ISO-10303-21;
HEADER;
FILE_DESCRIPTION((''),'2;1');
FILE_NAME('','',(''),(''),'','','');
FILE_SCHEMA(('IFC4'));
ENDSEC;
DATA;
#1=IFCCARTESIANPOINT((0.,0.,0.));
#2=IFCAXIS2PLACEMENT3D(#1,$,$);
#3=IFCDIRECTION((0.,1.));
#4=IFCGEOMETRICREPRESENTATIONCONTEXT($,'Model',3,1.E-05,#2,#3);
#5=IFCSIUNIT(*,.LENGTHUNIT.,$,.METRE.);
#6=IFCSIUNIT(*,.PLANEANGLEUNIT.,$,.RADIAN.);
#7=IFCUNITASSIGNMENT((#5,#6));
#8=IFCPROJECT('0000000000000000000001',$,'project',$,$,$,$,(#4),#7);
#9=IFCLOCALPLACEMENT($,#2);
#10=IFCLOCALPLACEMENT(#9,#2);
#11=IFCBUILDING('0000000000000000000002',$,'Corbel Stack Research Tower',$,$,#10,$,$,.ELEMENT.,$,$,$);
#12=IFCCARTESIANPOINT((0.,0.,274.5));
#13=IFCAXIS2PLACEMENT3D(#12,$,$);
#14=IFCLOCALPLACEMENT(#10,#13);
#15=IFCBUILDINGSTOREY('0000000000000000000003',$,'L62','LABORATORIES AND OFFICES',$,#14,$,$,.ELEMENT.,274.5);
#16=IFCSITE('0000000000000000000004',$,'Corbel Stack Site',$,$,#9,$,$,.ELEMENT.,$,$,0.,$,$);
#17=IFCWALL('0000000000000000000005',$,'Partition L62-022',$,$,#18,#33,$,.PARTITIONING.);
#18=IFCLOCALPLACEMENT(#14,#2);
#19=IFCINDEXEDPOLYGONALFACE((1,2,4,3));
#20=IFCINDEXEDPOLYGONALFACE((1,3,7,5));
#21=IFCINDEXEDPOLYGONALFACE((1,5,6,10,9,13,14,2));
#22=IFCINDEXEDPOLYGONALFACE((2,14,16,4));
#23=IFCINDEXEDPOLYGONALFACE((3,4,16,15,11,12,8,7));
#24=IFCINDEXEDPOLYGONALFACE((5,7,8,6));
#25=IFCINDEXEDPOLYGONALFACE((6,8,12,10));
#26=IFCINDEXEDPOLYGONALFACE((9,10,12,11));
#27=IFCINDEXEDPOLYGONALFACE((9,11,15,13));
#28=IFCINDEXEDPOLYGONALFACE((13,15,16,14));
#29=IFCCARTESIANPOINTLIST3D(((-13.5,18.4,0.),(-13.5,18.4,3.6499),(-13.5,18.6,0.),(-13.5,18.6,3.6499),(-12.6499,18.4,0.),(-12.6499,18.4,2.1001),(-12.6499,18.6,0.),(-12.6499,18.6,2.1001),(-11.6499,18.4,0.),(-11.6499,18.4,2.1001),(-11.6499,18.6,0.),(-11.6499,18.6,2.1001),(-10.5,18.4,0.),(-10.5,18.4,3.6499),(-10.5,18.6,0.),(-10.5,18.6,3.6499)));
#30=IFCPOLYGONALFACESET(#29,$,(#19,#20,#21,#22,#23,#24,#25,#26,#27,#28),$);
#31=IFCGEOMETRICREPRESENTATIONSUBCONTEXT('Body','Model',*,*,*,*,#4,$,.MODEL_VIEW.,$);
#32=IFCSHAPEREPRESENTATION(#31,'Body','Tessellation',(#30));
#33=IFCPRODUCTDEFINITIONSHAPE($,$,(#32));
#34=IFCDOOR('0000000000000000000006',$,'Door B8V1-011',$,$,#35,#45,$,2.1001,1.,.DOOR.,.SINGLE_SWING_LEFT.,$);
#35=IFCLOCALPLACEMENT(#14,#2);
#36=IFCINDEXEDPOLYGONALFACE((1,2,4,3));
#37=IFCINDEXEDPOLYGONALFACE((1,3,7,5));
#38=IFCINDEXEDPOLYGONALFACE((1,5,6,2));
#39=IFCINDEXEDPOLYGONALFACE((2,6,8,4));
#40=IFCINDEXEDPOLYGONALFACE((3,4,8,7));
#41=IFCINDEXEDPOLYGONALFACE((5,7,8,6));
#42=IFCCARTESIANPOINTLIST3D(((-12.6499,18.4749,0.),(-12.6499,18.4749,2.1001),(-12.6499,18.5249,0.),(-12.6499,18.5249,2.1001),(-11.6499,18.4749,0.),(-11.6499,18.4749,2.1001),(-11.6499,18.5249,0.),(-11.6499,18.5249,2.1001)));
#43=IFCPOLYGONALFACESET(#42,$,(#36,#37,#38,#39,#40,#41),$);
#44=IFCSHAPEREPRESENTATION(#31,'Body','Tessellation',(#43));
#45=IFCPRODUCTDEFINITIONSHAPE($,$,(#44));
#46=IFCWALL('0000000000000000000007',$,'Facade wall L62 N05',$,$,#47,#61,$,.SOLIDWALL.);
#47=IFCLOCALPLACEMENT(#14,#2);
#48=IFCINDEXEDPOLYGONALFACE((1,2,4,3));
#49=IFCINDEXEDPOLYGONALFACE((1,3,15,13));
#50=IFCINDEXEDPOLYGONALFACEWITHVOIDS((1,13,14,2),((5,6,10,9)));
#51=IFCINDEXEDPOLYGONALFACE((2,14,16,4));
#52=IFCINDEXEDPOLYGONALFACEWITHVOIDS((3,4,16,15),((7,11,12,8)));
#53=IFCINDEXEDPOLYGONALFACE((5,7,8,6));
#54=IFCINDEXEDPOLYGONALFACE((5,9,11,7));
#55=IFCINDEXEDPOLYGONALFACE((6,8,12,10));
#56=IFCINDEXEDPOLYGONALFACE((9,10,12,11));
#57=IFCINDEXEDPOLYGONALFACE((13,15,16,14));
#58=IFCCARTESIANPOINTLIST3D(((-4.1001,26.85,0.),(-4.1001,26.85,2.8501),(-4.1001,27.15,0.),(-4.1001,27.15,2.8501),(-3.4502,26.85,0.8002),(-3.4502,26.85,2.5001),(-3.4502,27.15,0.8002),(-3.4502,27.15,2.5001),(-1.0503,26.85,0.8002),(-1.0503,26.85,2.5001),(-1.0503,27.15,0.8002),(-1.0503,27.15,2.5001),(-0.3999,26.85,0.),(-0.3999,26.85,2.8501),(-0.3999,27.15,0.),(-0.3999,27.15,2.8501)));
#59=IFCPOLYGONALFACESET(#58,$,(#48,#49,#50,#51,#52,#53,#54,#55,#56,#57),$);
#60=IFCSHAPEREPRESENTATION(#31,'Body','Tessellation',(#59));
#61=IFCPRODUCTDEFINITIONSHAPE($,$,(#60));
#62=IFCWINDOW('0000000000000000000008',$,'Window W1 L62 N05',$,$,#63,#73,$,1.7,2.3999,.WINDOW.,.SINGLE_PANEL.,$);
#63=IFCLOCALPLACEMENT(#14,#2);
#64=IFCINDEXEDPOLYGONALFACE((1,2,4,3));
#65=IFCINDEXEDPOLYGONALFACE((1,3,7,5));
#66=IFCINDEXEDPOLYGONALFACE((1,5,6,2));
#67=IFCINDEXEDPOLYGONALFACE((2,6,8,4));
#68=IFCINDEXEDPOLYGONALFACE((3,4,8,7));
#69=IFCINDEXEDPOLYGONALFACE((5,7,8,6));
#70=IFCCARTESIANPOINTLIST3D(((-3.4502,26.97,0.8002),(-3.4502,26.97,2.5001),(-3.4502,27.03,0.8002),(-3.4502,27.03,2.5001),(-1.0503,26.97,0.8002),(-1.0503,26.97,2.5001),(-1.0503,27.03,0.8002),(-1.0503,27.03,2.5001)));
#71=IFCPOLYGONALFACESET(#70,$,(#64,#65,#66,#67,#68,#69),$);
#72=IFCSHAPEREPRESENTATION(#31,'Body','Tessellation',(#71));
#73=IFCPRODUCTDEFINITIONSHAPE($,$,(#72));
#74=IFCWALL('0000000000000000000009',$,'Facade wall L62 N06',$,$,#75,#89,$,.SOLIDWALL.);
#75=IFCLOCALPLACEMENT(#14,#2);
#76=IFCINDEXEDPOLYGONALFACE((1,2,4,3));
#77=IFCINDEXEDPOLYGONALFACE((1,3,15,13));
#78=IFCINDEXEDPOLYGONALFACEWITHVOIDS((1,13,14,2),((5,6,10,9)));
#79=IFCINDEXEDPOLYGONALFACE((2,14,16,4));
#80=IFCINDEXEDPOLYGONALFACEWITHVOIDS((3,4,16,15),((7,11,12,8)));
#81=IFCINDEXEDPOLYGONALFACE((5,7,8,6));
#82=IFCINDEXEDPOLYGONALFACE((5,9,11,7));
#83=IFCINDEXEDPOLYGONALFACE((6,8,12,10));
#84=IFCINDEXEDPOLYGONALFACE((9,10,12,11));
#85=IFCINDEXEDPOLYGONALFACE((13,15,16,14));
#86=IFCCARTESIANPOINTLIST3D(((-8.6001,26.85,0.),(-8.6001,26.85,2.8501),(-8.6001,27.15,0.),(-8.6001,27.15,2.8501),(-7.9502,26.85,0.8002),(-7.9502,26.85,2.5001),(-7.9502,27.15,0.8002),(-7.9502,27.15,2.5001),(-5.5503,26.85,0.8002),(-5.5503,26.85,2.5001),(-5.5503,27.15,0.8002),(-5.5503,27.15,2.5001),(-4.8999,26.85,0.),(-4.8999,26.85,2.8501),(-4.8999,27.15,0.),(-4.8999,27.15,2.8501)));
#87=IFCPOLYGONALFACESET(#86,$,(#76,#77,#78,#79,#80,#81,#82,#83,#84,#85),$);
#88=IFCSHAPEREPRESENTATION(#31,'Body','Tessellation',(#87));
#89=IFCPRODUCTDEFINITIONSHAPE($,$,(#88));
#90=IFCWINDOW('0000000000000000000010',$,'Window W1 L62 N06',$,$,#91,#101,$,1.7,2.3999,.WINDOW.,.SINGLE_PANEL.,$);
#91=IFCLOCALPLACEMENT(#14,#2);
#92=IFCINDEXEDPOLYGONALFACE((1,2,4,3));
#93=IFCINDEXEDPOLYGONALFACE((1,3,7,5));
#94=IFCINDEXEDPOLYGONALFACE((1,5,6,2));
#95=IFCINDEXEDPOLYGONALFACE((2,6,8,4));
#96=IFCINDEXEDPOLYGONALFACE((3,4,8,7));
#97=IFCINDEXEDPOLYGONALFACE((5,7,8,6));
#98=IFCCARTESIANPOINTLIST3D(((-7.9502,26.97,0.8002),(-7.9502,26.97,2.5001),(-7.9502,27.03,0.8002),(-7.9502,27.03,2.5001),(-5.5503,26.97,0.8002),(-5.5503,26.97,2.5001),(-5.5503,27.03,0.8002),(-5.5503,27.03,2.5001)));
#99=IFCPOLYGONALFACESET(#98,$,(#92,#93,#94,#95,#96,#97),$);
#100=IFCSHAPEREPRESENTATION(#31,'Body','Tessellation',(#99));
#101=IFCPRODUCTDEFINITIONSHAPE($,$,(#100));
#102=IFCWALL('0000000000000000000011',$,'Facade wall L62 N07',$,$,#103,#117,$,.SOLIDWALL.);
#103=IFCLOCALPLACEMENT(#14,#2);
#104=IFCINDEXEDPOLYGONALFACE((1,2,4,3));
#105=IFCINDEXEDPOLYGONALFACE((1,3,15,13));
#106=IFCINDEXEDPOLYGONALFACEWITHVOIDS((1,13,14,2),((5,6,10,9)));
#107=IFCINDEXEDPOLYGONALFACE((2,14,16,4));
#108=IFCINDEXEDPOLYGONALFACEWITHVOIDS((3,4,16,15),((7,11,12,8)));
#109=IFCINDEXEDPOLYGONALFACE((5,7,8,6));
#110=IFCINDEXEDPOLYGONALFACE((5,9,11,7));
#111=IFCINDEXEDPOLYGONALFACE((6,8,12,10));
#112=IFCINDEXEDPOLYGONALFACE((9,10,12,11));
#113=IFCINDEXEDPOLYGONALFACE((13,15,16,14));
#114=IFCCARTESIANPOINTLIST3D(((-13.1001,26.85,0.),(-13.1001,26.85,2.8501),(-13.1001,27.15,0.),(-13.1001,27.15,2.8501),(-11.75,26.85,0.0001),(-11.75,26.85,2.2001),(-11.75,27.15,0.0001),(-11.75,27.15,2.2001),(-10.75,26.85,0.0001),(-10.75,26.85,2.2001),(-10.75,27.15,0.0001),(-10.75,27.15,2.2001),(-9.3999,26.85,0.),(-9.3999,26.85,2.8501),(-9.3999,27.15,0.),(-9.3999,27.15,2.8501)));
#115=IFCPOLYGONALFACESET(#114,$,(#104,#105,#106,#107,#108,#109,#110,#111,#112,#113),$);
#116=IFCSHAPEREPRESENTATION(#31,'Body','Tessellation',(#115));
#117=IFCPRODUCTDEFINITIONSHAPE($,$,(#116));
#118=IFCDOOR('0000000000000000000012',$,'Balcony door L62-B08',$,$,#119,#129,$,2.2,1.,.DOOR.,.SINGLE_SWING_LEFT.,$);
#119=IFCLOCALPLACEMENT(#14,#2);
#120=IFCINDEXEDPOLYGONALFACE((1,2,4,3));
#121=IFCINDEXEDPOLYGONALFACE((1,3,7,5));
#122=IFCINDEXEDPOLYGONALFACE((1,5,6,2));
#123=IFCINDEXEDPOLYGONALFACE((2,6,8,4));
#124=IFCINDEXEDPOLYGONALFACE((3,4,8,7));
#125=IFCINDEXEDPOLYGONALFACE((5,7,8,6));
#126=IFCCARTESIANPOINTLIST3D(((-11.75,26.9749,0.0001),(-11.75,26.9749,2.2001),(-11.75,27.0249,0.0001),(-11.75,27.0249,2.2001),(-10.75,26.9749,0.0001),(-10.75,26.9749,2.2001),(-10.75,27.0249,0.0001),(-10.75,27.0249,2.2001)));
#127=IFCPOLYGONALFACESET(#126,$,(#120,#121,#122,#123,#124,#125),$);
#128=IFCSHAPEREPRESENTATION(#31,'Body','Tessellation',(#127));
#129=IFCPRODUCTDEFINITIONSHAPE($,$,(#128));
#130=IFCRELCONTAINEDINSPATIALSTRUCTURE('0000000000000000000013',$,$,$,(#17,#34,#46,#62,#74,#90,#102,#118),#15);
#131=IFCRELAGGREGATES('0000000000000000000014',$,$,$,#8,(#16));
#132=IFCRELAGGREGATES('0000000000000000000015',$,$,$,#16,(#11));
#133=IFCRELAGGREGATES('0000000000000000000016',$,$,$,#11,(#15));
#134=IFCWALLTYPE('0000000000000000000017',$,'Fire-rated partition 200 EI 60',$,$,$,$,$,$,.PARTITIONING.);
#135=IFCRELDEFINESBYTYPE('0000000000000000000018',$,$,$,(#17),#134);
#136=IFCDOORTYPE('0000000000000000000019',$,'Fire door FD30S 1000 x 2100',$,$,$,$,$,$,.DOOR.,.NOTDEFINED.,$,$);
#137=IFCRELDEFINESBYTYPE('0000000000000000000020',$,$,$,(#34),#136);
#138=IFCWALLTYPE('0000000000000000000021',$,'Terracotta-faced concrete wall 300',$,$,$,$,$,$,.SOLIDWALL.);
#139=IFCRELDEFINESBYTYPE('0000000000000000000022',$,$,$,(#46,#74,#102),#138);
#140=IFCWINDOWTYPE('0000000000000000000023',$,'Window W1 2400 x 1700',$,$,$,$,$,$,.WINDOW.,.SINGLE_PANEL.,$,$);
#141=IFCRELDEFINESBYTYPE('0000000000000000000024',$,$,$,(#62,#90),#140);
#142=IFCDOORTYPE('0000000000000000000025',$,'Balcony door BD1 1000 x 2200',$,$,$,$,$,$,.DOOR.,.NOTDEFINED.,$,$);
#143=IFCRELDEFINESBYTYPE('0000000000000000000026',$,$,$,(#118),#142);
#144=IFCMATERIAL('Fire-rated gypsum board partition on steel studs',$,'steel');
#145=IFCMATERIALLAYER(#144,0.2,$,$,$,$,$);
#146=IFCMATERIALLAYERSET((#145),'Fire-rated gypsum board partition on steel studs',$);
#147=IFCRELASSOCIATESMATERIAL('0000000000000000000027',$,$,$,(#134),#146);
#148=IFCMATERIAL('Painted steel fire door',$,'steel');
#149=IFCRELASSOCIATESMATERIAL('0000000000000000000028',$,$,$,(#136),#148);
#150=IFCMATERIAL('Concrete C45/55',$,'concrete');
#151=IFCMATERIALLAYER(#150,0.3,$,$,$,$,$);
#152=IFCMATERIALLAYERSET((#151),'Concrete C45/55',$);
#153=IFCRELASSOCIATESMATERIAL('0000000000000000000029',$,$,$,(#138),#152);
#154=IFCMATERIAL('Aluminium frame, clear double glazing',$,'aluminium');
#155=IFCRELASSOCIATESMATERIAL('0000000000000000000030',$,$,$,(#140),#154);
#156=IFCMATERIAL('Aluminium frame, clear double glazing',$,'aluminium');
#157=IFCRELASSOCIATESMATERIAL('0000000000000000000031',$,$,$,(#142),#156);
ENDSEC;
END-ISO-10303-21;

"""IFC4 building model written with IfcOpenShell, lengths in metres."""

from ifc_helpers import new_model, si_unit, direction, frame, frame_2d, origin, place, context, subcontext, project, spatial, rectangle, extrude, material, layer, layer_set, type_object, element, fill, save


model = new_model("IFC4")

# Units and contexts
model_context = context("Model", 3, precision=1e-05, world=origin(), true_north=direction((0.0, 1.0)))
body_context = subcontext(model_context, "Body", "Model", "MODEL_VIEW")
ifc_project = project(units=[si_unit("LENGTHUNIT", "METRE"), si_unit("PLANEANGLEUNIT", "RADIAN")], contexts=[model_context])

# Site, building, storey
site_placement = place(None, origin())
site = spatial("IfcSite", under=ifc_project, at=site_placement, Name="Corbel Stack Site", CompositionType="ELEMENT", RefElevation=0.0)
building_placement = place(site_placement, origin())
building = spatial("IfcBuilding", under=site, at=building_placement, Name="Corbel Stack Research Tower", CompositionType="ELEMENT")
storey_placement = place(building_placement, frame((0.0, 0.0, 274.5)))
storey = spatial("IfcBuildingStorey", under=building, at=storey_placement, Name="L62", Description="LABORATORIES AND OFFICES", CompositionType="ELEMENT", Elevation=274.5)

# Shared definitions
ifc_material_1 = material(Name="Fire-rated gypsum board partition on steel studs", Category="steel")
ifc_layer_1 = layer(ifc_material_1, 0.2)
ifc_layer_set_1 = layer_set([ifc_layer_1], Name="Fire-rated gypsum board partition on steel studs")
wall_type_1 = type_object("IfcWallType", Name="Fire-rated partition 200 EI 60", PredefinedType="PARTITIONING", material=ifc_layer_set_1)

# Wall, opening, door
wall_1_placement = place(storey_placement, frame((-13.5, 18.5, 0.0), z_axis=(0.0, 0.0, 1.0), x_axis=(1.0, 0.0, 0.0)))
wall_1 = element("IfcWall", 1, at=wall_1_placement, inside=storey, type_object=wall_type_1, Name="Partition L62-022", PredefinedType="PARTITIONING", context=body_context, shape_type="SweptSolid", body=[
    extrude(rectangle(XDim=3.0, YDim=0.2, at=frame_2d((1.5, 0.0))), origin(), (0.0, 0.0, 1.0), 3.6499),
])
opening_1_placement = place(wall_1_placement, frame((0.8501, 0.0, 0.0)))
opening_1 = element("IfcOpeningElement", 2, at=opening_1_placement, cuts=wall_1, PredefinedType="OPENING", context=body_context, shape_type="SweptSolid", body=[
    extrude(rectangle(XDim=1.0, YDim=2.1001, at=frame_2d((0.5, 1.05))), frame((0.0, 0.1099, 0.0), z_axis=(0.0, -1.0, 0.0), x_axis=(1.0, 0.0, 0.0)), (0.0, 0.0, 1.0), 0.22),
])
ifc_material_2 = material(Name="Painted steel fire door", Category="steel")
door_type_1 = type_object("IfcDoorType", Name="Fire door FD30S 1000 x 2100", OperationType="NOTDEFINED", PredefinedType="DOOR", material=ifc_material_2)
door_1_placement = place(opening_1_placement, origin())
door_1 = element("IfcDoor", 3, at=door_1_placement, inside=storey, type_object=door_type_1, Name="Door B8V1-011", OperationType="SINGLE_SWING_LEFT", OverallHeight=2.1001, OverallWidth=1.0, PredefinedType="DOOR", context=body_context, shape_type="SweptSolid", body=[
    extrude(rectangle(XDim=1.0, YDim=2.1001, at=frame_2d((0.5, 1.05))), frame((0.0, 0.0249, 0.0), z_axis=(0.0, -1.0, 0.0), x_axis=(1.0, 0.0, 0.0)), (0.0, 0.0, 1.0), 0.05),
])
fill(opening_1, door_1)

# Walls, openings, windows
ifc_material_3 = material(Name="Concrete C45/55", Category="concrete")
ifc_layer_2 = layer(ifc_material_3, 0.3)
ifc_layer_set_2 = layer_set([ifc_layer_2], Name="Concrete C45/55")
wall_type_2 = type_object("IfcWallType", Name="Terracotta-faced concrete wall 300", PredefinedType="SOLIDWALL", material=ifc_layer_set_2)
wall_2_placement = place(storey_placement, frame((-4.1001, 27.0, 0.0), z_axis=(0.0, 0.0, 1.0), x_axis=(1.0, 0.0, 0.0)))
wall_2 = element("IfcWall", 4, at=wall_2_placement, inside=storey, type_object=wall_type_2, Name="Facade wall L62 N05", PredefinedType="SOLIDWALL", context=body_context, shape_type="SweptSolid", body=[
    extrude(rectangle(XDim=3.7002, YDim=0.3, at=frame_2d((1.8501, 0.0))), origin(), (0.0, 0.0, 1.0), 2.8501),
])
opening_2_placement = place(wall_2_placement, frame((0.6499, 0.0, 0.8)))
opening_2 = element("IfcOpeningElement", 5, at=opening_2_placement, cuts=wall_2, PredefinedType="OPENING", context=body_context, shape_type="SweptSolid", body=[
    extrude(rectangle(XDim=2.3999, YDim=1.7, at=frame_2d((1.2, 0.8501))), frame((0.0, 0.1599, 0.0), z_axis=(0.0, -1.0, 0.0), x_axis=(1.0, 0.0, 0.0)), (0.0, 0.0, 1.0), 0.3201),
])
ifc_material_4 = material(Name="Aluminium frame, clear double glazing", Category="aluminium")
window_type = type_object("IfcWindowType", Name="Window W1 2400 x 1700", PartitioningType="SINGLE_PANEL", PredefinedType="WINDOW", material=ifc_material_4)
window_1_placement = place(opening_2_placement, origin())
window_1 = element("IfcWindow", 6, at=window_1_placement, inside=storey, type_object=window_type, Name="Window W1 L62 N05", OverallHeight=1.7, OverallWidth=2.3999, PartitioningType="SINGLE_PANEL", PredefinedType="WINDOW", context=body_context, shape_type="SweptSolid", body=[
    extrude(rectangle(XDim=2.3999, YDim=1.7, at=frame_2d((1.2, 0.8501))), frame((0.0, 0.03, 0.0), z_axis=(0.0, -1.0, 0.0), x_axis=(1.0, 0.0, 0.0)), (0.0, 0.0, 1.0), 0.0601),
])
fill(opening_2, window_1)
wall_3_placement = place(storey_placement, frame((-8.6001, 27.0, 0.0), z_axis=(0.0, 0.0, 1.0), x_axis=(1.0, 0.0, 0.0)))
wall_3 = element("IfcWall", 7, at=wall_3_placement, inside=storey, type_object=wall_type_2, Name="Facade wall L62 N06", PredefinedType="SOLIDWALL", context=body_context, shape_type="SweptSolid", body=[
    extrude(rectangle(XDim=3.7002, YDim=0.3, at=frame_2d((1.8501, 0.0))), origin(), (0.0, 0.0, 1.0), 2.8501),
])
opening_3_placement = place(wall_3_placement, frame((0.6499, 0.0, 0.8)))
opening_3 = element("IfcOpeningElement", 8, at=opening_3_placement, cuts=wall_3, PredefinedType="OPENING", context=body_context, shape_type="SweptSolid", body=[
    extrude(rectangle(XDim=2.3999, YDim=1.7, at=frame_2d((1.2, 0.8501))), frame((0.0, 0.1599, 0.0), z_axis=(0.0, -1.0, 0.0), x_axis=(1.0, 0.0, 0.0)), (0.0, 0.0, 1.0), 0.3201),
])
window_2_placement = place(opening_3_placement, origin())
window_2 = element("IfcWindow", 9, at=window_2_placement, inside=storey, type_object=window_type, Name="Window W1 L62 N06", OverallHeight=1.7, OverallWidth=2.3999, PartitioningType="SINGLE_PANEL", PredefinedType="WINDOW", context=body_context, shape_type="SweptSolid", body=[
    extrude(rectangle(XDim=2.3999, YDim=1.7, at=frame_2d((1.2, 0.8501))), frame((0.0, 0.03, 0.0), z_axis=(0.0, -1.0, 0.0), x_axis=(1.0, 0.0, 0.0)), (0.0, 0.0, 1.0), 0.0601),
])
fill(opening_3, window_2)

# Wall, opening, door
wall_4_placement = place(storey_placement, frame((-13.1001, 27.0, 0.0), z_axis=(0.0, 0.0, 1.0), x_axis=(1.0, 0.0, 0.0)))
wall_4 = element("IfcWall", 10, at=wall_4_placement, inside=storey, type_object=wall_type_2, Name="Facade wall L62 N07", PredefinedType="SOLIDWALL", context=body_context, shape_type="SweptSolid", body=[
    extrude(rectangle(XDim=3.7002, YDim=0.3, at=frame_2d((1.8501, 0.0))), origin(), (0.0, 0.0, 1.0), 2.8501),
])
opening_4_placement = place(wall_4_placement, frame((1.3501, 0.0, 0.0)))
opening_4 = element("IfcOpeningElement", 11, at=opening_4_placement, cuts=wall_4, PredefinedType="OPENING", context=body_context, shape_type="SweptSolid", body=[
    extrude(rectangle(XDim=1.0, YDim=2.2, at=frame_2d((0.5, 1.1001))), frame((0.0, 0.1599, 0.0), z_axis=(0.0, -1.0, 0.0), x_axis=(1.0, 0.0, 0.0)), (0.0, 0.0, 1.0), 0.3201),
])
ifc_material_5 = material(Name="Aluminium frame, clear double glazing", Category="aluminium")
door_type_2 = type_object("IfcDoorType", Name="Balcony door BD1 1000 x 2200", OperationType="NOTDEFINED", PredefinedType="DOOR", material=ifc_material_5)
door_2_placement = place(opening_4_placement, origin())
door_2 = element("IfcDoor", 12, at=door_2_placement, inside=storey, type_object=door_type_2, Name="Balcony door L62-B08", OperationType="SINGLE_SWING_LEFT", OverallHeight=2.2, OverallWidth=1.0, PredefinedType="DOOR", context=body_context, shape_type="SweptSolid", body=[
    extrude(rectangle(XDim=1.0, YDim=2.2, at=frame_2d((0.5, 1.1001))), frame((0.0, 0.0249, 0.0), z_axis=(0.0, -1.0, 0.0), x_axis=(1.0, 0.0, 0.0)), (0.0, 0.0, 1.0), 0.05),
])
fill(opening_4, door_2)

save(model, "model.ifc")
